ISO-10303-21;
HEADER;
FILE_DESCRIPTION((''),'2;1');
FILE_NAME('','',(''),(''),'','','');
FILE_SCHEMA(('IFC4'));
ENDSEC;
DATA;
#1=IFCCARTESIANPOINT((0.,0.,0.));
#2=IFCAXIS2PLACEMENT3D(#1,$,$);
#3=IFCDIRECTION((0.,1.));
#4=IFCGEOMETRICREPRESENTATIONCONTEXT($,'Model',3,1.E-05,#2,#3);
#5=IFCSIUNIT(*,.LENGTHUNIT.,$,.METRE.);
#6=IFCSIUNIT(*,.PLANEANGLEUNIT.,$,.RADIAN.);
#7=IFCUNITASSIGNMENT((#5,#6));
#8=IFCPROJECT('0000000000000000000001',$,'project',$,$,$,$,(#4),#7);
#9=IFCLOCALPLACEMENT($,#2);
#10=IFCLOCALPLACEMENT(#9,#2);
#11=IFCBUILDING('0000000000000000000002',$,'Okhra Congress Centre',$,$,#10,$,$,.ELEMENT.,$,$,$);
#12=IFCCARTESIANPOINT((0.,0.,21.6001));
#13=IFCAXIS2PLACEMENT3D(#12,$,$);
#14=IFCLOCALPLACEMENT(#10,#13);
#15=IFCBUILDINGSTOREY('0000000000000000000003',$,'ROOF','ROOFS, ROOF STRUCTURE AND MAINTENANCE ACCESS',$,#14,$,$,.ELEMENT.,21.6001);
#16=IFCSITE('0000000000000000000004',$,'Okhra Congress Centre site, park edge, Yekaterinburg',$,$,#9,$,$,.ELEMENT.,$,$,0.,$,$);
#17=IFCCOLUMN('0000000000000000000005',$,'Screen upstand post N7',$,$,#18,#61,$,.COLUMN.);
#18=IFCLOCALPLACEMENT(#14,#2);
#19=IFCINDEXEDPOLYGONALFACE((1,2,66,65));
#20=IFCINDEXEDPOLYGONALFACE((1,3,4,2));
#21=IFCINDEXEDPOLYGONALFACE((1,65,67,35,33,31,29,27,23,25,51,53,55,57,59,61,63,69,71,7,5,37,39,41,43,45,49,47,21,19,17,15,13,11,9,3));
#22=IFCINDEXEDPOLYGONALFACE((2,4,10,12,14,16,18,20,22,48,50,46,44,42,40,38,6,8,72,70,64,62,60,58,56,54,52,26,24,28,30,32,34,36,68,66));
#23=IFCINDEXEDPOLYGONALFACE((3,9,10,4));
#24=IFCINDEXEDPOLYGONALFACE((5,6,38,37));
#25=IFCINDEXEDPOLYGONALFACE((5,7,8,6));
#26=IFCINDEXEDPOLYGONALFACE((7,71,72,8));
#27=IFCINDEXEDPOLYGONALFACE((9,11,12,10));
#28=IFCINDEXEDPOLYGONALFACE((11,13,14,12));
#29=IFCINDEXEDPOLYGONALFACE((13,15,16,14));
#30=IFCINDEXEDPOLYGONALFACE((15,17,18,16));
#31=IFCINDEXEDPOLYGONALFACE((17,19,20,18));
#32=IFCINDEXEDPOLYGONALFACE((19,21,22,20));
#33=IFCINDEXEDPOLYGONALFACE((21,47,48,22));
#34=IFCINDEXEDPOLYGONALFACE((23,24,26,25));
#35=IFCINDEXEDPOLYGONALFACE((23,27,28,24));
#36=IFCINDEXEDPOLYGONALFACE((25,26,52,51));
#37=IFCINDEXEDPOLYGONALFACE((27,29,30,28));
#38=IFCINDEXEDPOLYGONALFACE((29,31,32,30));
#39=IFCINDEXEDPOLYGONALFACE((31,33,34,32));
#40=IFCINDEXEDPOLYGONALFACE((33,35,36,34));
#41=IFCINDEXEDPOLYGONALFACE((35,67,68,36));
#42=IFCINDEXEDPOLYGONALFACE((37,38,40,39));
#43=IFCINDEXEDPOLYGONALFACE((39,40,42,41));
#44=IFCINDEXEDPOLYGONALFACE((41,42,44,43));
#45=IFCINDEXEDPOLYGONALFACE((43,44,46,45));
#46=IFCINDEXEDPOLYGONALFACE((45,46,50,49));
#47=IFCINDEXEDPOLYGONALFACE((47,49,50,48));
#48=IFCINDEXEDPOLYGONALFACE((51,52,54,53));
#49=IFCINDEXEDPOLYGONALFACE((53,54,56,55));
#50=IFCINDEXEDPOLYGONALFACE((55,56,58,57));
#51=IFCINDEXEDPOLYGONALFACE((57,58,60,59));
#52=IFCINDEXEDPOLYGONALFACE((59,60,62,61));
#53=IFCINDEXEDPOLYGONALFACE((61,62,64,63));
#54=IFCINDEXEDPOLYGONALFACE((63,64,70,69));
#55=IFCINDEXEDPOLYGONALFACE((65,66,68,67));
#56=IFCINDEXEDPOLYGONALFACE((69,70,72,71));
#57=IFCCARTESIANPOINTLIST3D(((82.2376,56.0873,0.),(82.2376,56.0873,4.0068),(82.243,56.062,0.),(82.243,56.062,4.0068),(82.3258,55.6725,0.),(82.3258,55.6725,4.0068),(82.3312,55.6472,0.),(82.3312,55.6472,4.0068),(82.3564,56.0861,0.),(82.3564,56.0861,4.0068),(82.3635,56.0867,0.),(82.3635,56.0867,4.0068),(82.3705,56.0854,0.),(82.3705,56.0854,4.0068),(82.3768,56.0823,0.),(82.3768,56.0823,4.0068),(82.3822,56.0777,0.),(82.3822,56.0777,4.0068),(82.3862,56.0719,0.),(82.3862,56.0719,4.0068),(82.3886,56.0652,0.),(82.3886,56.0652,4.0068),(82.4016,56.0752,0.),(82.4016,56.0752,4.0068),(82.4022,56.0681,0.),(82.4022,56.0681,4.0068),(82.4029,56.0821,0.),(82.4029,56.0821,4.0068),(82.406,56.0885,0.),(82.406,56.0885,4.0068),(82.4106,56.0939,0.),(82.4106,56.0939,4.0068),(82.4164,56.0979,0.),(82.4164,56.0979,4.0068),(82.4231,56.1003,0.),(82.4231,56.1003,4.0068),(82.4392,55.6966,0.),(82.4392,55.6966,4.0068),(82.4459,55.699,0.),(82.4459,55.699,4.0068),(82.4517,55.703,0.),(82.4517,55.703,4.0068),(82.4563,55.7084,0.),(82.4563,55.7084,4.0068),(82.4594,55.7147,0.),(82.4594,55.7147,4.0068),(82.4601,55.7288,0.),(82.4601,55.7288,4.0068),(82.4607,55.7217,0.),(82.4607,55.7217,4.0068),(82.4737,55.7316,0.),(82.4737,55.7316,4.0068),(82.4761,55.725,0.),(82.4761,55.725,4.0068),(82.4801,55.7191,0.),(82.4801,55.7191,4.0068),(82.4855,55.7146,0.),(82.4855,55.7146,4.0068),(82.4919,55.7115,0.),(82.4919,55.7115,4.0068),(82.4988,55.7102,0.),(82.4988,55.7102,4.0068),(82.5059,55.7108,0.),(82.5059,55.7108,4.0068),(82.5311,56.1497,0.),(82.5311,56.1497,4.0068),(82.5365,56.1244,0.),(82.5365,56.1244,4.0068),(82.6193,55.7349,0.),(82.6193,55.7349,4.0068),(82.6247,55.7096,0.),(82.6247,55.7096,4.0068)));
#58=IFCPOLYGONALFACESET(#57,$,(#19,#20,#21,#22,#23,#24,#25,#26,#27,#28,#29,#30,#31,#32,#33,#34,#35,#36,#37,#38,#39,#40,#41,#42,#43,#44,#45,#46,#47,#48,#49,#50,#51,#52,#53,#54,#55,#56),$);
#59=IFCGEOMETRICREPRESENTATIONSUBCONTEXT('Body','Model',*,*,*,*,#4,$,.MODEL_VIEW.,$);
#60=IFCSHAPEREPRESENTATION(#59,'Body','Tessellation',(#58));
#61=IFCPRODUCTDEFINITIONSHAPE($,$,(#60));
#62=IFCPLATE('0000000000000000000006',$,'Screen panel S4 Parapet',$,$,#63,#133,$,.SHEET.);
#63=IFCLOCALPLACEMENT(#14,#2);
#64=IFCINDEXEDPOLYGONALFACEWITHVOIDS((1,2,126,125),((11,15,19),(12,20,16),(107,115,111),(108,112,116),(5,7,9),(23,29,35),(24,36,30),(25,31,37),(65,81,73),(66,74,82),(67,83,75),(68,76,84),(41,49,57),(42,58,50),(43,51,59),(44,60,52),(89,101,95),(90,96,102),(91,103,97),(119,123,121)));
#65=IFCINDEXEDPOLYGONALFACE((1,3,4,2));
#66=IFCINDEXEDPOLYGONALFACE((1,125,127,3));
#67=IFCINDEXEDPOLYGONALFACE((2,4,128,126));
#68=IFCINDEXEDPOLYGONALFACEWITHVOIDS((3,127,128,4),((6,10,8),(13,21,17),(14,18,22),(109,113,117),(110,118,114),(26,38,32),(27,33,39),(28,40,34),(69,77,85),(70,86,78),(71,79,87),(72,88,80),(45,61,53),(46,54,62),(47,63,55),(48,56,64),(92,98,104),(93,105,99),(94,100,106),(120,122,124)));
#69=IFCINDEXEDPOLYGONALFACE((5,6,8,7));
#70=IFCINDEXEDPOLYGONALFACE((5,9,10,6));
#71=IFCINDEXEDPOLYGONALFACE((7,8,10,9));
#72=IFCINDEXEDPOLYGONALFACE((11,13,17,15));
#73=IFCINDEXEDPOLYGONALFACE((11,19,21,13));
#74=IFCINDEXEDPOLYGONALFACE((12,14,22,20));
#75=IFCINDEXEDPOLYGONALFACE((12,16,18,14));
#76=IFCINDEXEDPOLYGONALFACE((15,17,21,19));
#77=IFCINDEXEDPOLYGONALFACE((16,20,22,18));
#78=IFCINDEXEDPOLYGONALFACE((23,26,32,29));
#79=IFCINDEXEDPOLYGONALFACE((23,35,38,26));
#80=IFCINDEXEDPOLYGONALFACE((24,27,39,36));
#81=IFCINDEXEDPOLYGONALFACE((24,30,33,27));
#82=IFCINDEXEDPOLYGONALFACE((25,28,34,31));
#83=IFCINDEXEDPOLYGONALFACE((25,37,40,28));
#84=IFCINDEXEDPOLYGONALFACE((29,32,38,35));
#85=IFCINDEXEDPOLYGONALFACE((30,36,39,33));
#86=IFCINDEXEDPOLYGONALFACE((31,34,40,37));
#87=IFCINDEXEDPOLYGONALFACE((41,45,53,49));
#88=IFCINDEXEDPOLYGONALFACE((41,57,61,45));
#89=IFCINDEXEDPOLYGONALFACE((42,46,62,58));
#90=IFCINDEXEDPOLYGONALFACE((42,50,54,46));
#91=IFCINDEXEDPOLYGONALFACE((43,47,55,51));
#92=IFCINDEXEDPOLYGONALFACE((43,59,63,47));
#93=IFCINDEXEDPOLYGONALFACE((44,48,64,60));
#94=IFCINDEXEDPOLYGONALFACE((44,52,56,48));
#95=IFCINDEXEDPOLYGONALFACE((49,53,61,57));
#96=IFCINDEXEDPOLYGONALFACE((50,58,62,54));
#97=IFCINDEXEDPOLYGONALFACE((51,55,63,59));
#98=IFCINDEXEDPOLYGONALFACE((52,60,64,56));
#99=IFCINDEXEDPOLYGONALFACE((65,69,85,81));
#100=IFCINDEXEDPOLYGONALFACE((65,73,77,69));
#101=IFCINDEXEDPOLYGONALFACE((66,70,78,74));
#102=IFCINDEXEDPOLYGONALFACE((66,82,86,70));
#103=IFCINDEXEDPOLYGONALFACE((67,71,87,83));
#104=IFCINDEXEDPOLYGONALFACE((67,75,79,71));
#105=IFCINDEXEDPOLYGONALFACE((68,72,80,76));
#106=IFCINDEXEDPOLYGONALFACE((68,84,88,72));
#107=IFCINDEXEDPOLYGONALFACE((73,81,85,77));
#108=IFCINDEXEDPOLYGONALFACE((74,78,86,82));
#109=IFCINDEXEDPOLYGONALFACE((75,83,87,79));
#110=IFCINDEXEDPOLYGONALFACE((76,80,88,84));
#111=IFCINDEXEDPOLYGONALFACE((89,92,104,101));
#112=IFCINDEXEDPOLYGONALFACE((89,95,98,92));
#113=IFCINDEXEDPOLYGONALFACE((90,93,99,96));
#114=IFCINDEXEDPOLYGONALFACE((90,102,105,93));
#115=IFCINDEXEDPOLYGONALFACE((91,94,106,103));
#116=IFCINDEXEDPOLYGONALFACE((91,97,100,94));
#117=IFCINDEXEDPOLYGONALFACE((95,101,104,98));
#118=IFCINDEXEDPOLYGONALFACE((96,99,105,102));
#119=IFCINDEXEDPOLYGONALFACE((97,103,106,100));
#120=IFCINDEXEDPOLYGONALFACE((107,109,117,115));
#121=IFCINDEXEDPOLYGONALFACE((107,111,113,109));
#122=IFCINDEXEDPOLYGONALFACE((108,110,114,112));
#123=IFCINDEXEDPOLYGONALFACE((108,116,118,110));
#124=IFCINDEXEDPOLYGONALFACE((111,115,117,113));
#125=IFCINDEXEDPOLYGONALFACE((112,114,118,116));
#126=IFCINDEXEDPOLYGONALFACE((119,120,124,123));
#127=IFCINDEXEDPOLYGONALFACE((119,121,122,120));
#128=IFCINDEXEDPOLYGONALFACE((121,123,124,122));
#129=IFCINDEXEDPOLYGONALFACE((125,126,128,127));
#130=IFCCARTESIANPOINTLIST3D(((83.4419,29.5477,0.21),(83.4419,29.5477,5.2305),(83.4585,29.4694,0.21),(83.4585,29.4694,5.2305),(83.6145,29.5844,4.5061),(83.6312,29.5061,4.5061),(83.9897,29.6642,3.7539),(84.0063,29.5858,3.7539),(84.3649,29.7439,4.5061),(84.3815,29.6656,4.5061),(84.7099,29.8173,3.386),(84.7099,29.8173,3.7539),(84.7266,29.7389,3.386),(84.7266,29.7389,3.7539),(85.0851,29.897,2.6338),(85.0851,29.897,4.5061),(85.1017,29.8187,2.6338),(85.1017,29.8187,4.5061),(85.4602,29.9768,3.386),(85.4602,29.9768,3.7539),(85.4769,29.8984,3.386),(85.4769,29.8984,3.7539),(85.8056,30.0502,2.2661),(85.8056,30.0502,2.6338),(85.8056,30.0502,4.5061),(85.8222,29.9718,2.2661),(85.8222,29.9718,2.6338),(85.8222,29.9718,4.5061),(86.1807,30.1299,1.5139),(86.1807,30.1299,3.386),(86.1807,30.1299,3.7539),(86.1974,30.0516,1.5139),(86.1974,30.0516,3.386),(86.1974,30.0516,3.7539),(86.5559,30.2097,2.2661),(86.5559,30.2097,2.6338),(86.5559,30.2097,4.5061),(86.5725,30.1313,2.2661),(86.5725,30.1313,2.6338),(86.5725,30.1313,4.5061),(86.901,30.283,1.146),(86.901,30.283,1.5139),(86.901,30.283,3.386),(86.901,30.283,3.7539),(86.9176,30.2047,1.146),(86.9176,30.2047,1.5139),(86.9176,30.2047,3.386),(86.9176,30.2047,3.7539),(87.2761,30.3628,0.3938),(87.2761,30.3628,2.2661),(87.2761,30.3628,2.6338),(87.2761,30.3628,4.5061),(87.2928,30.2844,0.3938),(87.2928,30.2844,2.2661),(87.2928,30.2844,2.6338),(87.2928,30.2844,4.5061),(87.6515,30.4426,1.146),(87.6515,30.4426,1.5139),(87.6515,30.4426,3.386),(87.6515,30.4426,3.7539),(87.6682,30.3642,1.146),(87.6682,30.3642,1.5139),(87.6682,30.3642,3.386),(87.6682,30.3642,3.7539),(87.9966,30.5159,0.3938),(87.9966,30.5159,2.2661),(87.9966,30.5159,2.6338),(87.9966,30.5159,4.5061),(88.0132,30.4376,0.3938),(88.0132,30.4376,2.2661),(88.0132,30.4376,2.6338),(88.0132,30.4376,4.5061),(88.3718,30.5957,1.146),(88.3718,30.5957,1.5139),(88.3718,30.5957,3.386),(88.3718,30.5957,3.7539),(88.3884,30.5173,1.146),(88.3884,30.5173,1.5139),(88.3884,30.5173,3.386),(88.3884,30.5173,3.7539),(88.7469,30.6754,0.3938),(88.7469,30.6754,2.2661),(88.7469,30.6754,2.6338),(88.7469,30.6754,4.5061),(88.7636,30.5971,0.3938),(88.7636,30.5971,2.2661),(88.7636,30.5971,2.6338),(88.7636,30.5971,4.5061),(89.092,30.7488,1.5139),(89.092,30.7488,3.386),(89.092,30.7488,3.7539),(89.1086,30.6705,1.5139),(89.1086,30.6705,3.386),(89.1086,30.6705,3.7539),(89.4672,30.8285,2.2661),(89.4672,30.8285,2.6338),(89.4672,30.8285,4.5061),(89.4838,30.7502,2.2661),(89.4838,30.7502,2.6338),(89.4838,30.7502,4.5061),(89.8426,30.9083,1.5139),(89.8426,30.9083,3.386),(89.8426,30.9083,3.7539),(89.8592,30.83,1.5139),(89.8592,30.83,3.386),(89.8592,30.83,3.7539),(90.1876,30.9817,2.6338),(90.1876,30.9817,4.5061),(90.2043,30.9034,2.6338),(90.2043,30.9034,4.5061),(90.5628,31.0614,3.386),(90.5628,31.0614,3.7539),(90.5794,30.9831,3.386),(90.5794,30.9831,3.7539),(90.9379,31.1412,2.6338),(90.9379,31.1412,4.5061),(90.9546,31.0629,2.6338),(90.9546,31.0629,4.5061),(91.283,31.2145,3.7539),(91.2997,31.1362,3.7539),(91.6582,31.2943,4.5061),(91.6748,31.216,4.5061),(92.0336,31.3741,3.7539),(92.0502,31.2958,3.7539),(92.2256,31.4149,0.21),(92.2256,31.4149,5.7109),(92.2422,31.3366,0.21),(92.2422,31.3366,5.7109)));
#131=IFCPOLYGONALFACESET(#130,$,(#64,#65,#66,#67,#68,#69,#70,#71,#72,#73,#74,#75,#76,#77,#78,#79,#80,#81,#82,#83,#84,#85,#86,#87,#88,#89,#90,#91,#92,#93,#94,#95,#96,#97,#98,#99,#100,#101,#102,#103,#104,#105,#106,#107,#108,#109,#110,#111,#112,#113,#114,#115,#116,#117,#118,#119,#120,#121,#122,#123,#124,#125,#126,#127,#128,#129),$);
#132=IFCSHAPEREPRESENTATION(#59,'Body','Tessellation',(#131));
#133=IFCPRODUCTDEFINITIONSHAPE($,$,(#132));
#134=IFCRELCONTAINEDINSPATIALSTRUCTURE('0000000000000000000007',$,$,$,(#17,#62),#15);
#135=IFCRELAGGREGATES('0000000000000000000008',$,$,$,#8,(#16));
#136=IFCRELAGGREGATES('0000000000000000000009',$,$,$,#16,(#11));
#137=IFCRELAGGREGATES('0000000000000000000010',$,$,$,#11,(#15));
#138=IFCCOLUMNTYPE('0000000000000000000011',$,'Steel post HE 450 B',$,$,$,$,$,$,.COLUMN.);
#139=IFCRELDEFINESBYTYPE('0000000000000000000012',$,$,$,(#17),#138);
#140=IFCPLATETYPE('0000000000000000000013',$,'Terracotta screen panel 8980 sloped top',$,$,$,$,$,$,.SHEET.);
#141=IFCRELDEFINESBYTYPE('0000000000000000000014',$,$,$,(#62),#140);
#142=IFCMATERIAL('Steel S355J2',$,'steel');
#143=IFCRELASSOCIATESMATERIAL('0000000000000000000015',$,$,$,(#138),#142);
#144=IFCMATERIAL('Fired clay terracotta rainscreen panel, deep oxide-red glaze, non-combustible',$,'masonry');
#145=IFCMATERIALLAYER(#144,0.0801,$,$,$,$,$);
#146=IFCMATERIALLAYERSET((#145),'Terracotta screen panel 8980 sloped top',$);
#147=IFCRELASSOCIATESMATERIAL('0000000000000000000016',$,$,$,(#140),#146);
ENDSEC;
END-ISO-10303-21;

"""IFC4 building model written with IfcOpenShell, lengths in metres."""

from ifc_helpers import new_model, si_unit, direction, frame, origin, origin_2d, place, context, subcontext, project, spatial, polyline, i_section, outline, extrude, material, layer, layer_set, material_profile, profile_set, type_object, element, save


model = new_model("IFC4")

# Units and contexts
model_context = context("Model", 3, precision=1e-05, world=origin(), true_north=direction((0.0, 1.0)))
body_context = subcontext(model_context, "Body", "Model", "MODEL_VIEW")
ifc_project = project(units=[si_unit("LENGTHUNIT", "METRE"), si_unit("PLANEANGLEUNIT", "RADIAN")], contexts=[model_context])

# Site, building, storey
site_placement = place(None, origin())
site = spatial("IfcSite", under=ifc_project, at=site_placement, Name="Okhra Congress Centre site, park edge, Yekaterinburg", CompositionType="ELEMENT", RefElevation=0.0)
building_placement = place(site_placement, origin())
building = spatial("IfcBuilding", under=site, at=building_placement, Name="Okhra Congress Centre", CompositionType="ELEMENT")
storey_placement = place(building_placement, frame((0.0, 0.0, 21.6001)))
storey = spatial("IfcBuildingStorey", under=building, at=storey_placement, Name="ROOF", Description="ROOFS, ROOF STRUCTURE AND MAINTENANCE ACCESS", CompositionType="ELEMENT", Elevation=21.6001)

# Column
ifc_material_1 = material(Name="Steel S355J2", Category="steel")
ifc_material_profile_1 = material_profile(ifc_material_1, i_section(OverallWidth=0.3, OverallDepth=0.45, WebThickness=0.0139, FlangeThickness=0.0259, FilletRadius=0.0271, at=origin_2d()), Name="HE 450 B")
ifc_profile_set_1 = profile_set([ifc_material_profile_1], Name="Steel S355J2")
column_type = type_object("IfcColumnType", Name="Steel post HE 450 B", PredefinedType="COLUMN", material=ifc_profile_set_1)
column_1_placement = place(storey_placement, frame((82.4312, 55.8984, 0.0), z_axis=(0.0, 0.0, 1.0), x_axis=(0.978148, 0.207912, 0.0)))
element("IfcColumn", 1, at=column_1_placement, inside=storey, type_object=column_type, Name="Screen upstand post N7", PredefinedType="COLUMN", context=body_context, shape_type="SweptSolid", body=[
    extrude(i_section(OverallWidth=0.3, OverallDepth=0.45, WebThickness=0.0139, FlangeThickness=0.0259, FilletRadius=0.0271, at=origin_2d()), origin(), (0.0, 0.0, 1.0), 4.0068),
])

# Plate
ifc_material_2 = material(Name="Fired clay terracotta rainscreen panel, deep oxide-red glaze, non-combustible", Category="masonry")
ifc_layer = layer(ifc_material_2, 0.0801)
ifc_layer_set = layer_set([ifc_layer], Name="Terracotta screen panel 8980 sloped top")
plate_type = type_object("IfcPlateType", Name="Terracotta screen panel 8980 sloped top", PredefinedType="SHEET", material=ifc_layer_set)
plate_1_placement = place(storey_placement, frame((83.4502, 29.5085, 0.21), z_axis=(0.0, 0.0, 1.0), x_axis=(0.978144, 0.207928, 0.0)))
element("IfcPlate", 2, at=plate_1_placement, inside=storey, type_object=plate_type, Name="Screen panel S4 Parapet", PredefinedType="SHEET", context=body_context, shape_type="SweptSolid", body=[
    extrude(outline(polyline([(0.0, 0.0), (8.98, 0.0), (8.98, 5.501), (0.0, 5.0205), (0.0, 0.0)]), holes=[polyline([(3.5364, 0.936), (3.9199, 0.1838), (4.3037, 0.936), (3.5364, 0.936)]), polyline([(4.6565, 0.1838), (5.4236, 0.1838), (5.04, 0.936), (4.6565, 0.1838)]), polyline([(2.4165, 2.0562), (2.8, 1.304), (3.1836, 2.0562), (2.4165, 2.0562)]), polyline([(3.5364, 1.304), (4.3037, 1.304), (3.9199, 2.0562), (3.5364, 1.304)]), polyline([(4.6565, 2.0562), (5.04, 1.304), (5.4236, 2.0562), (4.6565, 2.0562)]), polyline([(5.7764, 1.304), (6.5437, 1.304), (6.1599, 2.0562), (5.7764, 1.304)]), polyline([(1.2964, 3.176), (1.6799, 2.4238), (2.0635, 3.176), (1.2964, 3.176)]), polyline([(2.4165, 2.4238), (3.1836, 2.4238), (2.8, 3.176), (2.4165, 2.4238)]), polyline([(3.5364, 3.176), (3.9199, 2.4238), (4.3037, 3.176), (3.5364, 3.176)]), polyline([(4.6565, 2.4238), (5.4236, 2.4238), (5.04, 3.176), (4.6565, 2.4238)]), polyline([(5.7764, 3.176), (6.1599, 2.4238), (6.5437, 3.176), (5.7764, 3.176)]), polyline([(6.8965, 2.4238), (7.6636, 2.4238), (7.28, 3.176), (6.8965, 2.4238)]), polyline([(0.1765, 4.2961), (0.5601, 3.5439), (0.9436, 4.2961), (0.1765, 4.2961)]), polyline([(1.2964, 3.5439), (2.0635, 3.5439), (1.6799, 4.2961), (1.2964, 3.5439)]), polyline([(2.4165, 4.2961), (2.8, 3.5439), (3.1836, 4.2961), (2.4165, 4.2961)]), polyline([(3.5364, 3.5439), (4.3037, 3.5439), (3.9199, 4.2961), (3.5364, 3.5439)]), polyline([(4.6565, 4.2961), (5.04, 3.5439), (5.4236, 4.2961), (4.6565, 4.2961)]), polyline([(5.7764, 3.5439), (6.5437, 3.5439), (6.1599, 4.2961), (5.7764, 3.5439)]), polyline([(6.8965, 4.2961), (7.28, 3.5439), (7.6636, 4.2961), (6.8965, 4.2961)]), polyline([(8.0164, 3.5439), (8.7837, 3.5439), (8.3999, 4.2961), (8.0164, 3.5439)])]), frame((0.0, 0.04, 0.0), z_axis=(0.0, -1.0, 0.0), x_axis=(1.0, 0.0, 0.0)), (0.0, 0.0, 1.0), 0.0801),
])

save(model, "model.ifc")
